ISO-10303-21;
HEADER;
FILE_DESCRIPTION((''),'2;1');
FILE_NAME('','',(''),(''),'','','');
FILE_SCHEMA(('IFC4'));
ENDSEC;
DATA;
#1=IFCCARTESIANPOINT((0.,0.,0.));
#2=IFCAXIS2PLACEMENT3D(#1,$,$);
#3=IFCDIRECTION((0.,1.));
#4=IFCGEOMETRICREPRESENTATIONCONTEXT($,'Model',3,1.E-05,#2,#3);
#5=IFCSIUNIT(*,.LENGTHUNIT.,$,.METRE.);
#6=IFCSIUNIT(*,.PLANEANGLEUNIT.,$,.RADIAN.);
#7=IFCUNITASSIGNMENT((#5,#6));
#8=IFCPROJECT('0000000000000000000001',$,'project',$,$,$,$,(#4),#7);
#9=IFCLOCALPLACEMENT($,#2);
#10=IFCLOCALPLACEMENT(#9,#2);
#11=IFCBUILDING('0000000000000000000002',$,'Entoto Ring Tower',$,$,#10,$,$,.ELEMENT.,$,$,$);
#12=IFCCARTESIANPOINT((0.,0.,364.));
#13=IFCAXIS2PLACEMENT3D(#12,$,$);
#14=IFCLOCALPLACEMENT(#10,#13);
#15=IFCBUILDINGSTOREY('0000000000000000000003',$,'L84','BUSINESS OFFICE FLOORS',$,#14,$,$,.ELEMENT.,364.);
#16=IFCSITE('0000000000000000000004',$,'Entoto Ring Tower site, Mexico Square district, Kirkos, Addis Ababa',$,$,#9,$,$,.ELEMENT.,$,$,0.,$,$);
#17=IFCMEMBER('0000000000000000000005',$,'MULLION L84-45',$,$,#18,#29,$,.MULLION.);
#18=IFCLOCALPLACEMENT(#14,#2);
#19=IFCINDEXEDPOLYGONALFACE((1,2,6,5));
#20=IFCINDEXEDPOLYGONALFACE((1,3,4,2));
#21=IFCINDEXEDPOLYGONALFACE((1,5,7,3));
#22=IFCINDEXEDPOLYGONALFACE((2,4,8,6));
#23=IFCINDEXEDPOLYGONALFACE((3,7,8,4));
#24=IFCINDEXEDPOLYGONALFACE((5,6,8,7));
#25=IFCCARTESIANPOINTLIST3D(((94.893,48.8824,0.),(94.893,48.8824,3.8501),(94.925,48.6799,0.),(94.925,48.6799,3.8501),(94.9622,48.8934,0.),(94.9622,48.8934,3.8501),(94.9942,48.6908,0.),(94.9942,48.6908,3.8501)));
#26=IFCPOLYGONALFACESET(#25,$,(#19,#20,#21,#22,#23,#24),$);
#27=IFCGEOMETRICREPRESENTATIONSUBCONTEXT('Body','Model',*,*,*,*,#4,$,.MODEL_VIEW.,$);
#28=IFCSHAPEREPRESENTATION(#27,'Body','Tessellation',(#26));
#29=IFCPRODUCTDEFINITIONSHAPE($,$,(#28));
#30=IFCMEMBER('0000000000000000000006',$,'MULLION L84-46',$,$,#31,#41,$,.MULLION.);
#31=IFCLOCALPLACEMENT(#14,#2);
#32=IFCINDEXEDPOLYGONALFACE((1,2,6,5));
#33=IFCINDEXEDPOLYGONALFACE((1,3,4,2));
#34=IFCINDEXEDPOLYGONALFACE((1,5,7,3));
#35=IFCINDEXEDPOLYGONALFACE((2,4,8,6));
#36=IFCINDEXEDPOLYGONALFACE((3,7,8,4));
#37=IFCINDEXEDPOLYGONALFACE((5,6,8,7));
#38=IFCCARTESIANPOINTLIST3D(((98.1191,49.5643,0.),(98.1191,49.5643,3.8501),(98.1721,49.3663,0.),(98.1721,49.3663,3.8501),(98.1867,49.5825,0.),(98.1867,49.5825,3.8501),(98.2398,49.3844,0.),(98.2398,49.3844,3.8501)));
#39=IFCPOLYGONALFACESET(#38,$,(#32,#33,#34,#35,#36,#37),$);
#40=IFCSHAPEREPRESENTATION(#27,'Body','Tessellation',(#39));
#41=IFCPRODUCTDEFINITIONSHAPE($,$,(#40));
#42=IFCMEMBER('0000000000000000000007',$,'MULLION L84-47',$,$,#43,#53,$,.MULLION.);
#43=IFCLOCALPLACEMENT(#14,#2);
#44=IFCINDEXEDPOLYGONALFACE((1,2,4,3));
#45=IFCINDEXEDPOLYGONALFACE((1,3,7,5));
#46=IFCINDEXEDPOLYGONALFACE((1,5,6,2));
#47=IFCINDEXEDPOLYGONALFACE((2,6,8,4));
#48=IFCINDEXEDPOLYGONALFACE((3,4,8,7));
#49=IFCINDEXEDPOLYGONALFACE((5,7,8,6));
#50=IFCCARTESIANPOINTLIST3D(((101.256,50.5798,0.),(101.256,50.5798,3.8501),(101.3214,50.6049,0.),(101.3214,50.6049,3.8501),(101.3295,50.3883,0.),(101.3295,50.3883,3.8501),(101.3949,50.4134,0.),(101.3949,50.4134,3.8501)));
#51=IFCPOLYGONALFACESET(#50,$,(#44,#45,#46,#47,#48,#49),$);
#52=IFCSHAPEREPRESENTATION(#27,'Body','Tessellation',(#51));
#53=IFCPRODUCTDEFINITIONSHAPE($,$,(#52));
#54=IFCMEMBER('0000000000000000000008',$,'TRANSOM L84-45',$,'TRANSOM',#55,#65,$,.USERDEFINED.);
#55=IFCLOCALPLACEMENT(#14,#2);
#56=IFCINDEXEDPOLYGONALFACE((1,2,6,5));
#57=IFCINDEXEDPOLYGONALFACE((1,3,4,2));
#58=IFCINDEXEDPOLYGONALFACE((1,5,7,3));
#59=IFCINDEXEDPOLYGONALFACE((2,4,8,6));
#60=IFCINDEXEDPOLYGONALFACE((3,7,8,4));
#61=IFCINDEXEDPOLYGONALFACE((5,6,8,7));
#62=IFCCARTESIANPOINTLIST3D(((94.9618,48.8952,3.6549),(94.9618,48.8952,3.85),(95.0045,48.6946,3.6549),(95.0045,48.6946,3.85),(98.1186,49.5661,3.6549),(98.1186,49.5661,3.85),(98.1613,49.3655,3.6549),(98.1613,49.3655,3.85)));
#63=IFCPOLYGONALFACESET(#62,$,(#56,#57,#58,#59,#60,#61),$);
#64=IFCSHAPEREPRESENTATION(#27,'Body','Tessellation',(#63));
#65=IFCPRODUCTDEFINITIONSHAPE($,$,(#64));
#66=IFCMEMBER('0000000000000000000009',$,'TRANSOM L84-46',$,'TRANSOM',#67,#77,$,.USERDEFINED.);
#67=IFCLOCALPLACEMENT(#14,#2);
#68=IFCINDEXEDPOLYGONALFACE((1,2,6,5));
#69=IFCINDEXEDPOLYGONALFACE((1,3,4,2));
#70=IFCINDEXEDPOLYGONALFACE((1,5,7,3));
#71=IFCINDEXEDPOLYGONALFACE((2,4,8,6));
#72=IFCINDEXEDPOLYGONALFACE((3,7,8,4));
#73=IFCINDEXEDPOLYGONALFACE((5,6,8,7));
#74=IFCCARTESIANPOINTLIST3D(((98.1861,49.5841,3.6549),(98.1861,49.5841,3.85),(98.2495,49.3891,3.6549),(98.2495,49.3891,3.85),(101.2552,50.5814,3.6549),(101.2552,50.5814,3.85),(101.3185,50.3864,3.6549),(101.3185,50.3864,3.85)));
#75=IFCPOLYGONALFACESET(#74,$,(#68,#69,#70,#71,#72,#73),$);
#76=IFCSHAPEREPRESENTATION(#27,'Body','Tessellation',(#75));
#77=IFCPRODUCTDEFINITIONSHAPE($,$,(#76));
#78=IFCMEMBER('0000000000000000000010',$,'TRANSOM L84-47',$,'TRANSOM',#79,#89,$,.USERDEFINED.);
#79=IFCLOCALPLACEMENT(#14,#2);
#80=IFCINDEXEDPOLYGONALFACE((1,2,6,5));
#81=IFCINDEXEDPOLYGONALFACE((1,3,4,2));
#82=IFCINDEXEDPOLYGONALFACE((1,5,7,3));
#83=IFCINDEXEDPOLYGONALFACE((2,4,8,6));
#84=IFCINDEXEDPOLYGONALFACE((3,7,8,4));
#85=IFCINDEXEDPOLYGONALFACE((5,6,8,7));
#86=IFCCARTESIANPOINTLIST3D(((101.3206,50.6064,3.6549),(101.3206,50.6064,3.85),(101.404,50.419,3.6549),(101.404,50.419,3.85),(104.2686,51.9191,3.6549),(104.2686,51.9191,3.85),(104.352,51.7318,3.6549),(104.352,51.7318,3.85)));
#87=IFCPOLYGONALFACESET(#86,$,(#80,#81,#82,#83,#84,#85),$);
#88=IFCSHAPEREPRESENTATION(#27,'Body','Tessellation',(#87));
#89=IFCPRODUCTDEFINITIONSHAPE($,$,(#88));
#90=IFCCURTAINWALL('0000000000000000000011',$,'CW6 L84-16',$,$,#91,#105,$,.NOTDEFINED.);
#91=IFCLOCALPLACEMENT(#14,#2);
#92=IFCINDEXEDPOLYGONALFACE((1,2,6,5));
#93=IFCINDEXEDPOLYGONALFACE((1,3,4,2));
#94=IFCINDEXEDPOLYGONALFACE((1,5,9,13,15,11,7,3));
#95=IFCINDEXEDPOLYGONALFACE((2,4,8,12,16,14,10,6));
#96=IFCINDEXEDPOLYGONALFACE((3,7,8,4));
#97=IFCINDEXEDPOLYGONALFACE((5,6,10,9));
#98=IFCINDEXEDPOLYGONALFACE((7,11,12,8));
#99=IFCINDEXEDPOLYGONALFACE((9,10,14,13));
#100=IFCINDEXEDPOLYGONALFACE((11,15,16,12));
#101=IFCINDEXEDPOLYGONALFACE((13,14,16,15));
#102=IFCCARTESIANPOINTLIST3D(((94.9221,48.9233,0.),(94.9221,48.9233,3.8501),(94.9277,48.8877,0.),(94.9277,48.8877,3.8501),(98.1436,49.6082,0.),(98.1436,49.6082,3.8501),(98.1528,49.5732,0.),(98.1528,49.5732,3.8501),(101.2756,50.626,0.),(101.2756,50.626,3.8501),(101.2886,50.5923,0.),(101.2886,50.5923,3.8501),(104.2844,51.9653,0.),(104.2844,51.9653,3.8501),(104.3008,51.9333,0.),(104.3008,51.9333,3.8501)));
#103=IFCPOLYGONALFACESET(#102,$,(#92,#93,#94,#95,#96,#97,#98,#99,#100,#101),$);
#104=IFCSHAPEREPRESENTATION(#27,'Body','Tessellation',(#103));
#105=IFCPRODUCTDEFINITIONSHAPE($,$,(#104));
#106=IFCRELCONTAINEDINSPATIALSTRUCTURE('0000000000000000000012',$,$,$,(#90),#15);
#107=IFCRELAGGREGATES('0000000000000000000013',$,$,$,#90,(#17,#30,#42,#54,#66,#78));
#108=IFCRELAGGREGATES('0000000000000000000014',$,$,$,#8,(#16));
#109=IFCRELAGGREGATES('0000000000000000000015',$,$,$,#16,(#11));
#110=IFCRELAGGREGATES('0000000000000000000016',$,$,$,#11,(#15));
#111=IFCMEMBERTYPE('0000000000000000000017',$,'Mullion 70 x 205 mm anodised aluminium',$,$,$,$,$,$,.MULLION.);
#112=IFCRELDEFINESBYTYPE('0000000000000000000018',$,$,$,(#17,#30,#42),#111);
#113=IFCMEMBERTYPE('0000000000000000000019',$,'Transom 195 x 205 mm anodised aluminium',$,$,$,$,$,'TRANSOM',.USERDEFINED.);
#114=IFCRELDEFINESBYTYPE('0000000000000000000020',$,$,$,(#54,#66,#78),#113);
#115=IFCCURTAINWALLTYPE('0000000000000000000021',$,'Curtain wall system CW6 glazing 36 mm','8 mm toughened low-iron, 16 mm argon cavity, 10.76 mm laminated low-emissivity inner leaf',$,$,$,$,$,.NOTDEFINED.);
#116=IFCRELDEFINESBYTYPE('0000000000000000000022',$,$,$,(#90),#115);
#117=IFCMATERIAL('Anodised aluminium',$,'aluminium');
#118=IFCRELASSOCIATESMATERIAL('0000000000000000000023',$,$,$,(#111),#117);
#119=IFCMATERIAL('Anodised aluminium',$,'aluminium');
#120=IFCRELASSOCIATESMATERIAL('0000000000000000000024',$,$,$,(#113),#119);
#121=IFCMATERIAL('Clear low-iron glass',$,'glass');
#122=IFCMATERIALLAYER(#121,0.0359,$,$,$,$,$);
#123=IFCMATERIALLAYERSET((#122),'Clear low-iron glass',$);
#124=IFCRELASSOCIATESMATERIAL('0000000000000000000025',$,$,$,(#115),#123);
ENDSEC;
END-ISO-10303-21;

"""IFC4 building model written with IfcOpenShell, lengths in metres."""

from ifc_helpers import new_model, si_unit, direction, frame, origin, origin_2d, place, context, subcontext, project, spatial, polyline, rectangle, outline, extrude, material, layer, layer_set, material_profile, profile_set, type_object, element, aggregate, save


model = new_model("IFC4")

# Units and contexts
model_context = context("Model", 3, precision=1e-05, world=origin(), true_north=direction((0.0, 1.0)))
body_context = subcontext(model_context, "Body", "Model", "MODEL_VIEW")
ifc_project = project(units=[si_unit("LENGTHUNIT", "METRE"), si_unit("PLANEANGLEUNIT", "RADIAN")], contexts=[model_context])

# Members
ifc_material_1 = material(Name="Anodised aluminium", Category="aluminium")
ifc_material_profile_1 = material_profile(ifc_material_1, rectangle(XDim=0.0701, YDim=0.2051, at=origin_2d()), Name="Mullion 70 x 205 mm anodised aluminium")
ifc_profile_set_1 = profile_set([ifc_material_profile_1], Name="Anodised aluminium")
member_type_1 = type_object("IfcMemberType", Name="Mullion 70 x 205 mm anodised aluminium", PredefinedType="MULLION", material=ifc_profile_set_1)
site_placement = place(None, origin())
building_placement = place(site_placement, origin())
storey_placement = place(building_placement, frame((0.0, 0.0, 364.0)))
member_1_placement = place(storey_placement, frame((94.9436, 48.7866, 0.0), z_axis=(0.0, 0.0, 1.0), x_axis=(0.987688, 0.156434, 0.0)))
member_1 = element("IfcMember", 1, at=member_1_placement, type_object=member_type_1, Name="MULLION L84-45", PredefinedType="MULLION", context=body_context, shape_type="SweptSolid", body=[
    extrude(rectangle(XDim=0.0701, YDim=0.2051, at=origin_2d()), origin(), (0.0, 0.0, 1.0), 3.8501),
])
member_2_placement = place(storey_placement, frame((98.1794, 49.4744, 0.0), z_axis=(0.0, 0.0, 1.0), x_axis=(0.965926, 0.258819, 0.0)))
member_2 = element("IfcMember", 2, at=member_2_placement, type_object=member_type_1, Name="MULLION L84-46", PredefinedType="MULLION", context=body_context, shape_type="SweptSolid", body=[
    extrude(rectangle(XDim=0.0701, YDim=0.2051, at=origin_2d()), origin(), (0.0, 0.0, 1.0), 3.8501),
])
member_3_placement = place(storey_placement, frame((101.3254, 50.4966, 0.0), z_axis=(0.0, 0.0, 1.0), x_axis=(0.93358, 0.358368, 0.0)))
member_3 = element("IfcMember", 3, at=member_3_placement, type_object=member_type_1, Name="MULLION L84-47", PredefinedType="MULLION", context=body_context, shape_type="SweptSolid", body=[
    extrude(rectangle(XDim=0.0701, YDim=0.2051, at=origin_2d()), origin(), (0.0, 0.0, 1.0), 3.8501),
])
ifc_material_2 = material(Name="Anodised aluminium", Category="aluminium")
ifc_material_profile_2 = material_profile(ifc_material_2, rectangle(XDim=0.2051, YDim=0.1951, at=origin_2d()), Name="Transom 195 x 205 mm anodised aluminium")
ifc_profile_set_2 = profile_set([ifc_material_profile_2], Name="Anodised aluminium")
member_type_2 = type_object("IfcMemberType", Name="Transom 195 x 205 mm anodised aluminium", ElementType="TRANSOM", PredefinedType="USERDEFINED", material=ifc_profile_set_2)
member_4_placement = place(storey_placement, frame((94.9832, 48.7949, 3.7524), z_axis=(0.978153, 0.207886, 0.0), x_axis=(-0.207886, 0.978153, 0.0)))
member_4 = element("IfcMember", 4, at=member_4_placement, type_object=member_type_2, Name="TRANSOM L84-45", ObjectType="TRANSOM", PredefinedType="USERDEFINED", context=body_context, shape_type="SweptSolid", body=[
    extrude(rectangle(XDim=0.2051, YDim=0.1951, at=origin_2d()), origin(), (0.0, 0.0, 1.0), 3.2273),
])
member_5_placement = place(storey_placement, frame((98.2178, 49.4866, 3.7524), z_axis=(0.951047, 0.309047, 0.0), x_axis=(-0.309047, 0.951047, 0.0)))
member_5 = element("IfcMember", 5, at=member_5_placement, type_object=member_type_2, Name="TRANSOM L84-46", ObjectType="TRANSOM", PredefinedType="USERDEFINED", context=body_context, shape_type="SweptSolid", body=[
    extrude(rectangle(XDim=0.2051, YDim=0.1951, at=origin_2d()), origin(), (0.0, 0.0, 1.0), 3.2271),
])
member_6_placement = place(storey_placement, frame((101.3623, 50.5127, 3.7524), z_axis=(0.913521, 0.406791, 0.0), x_axis=(-0.406791, 0.913521, 0.0)))
member_6 = element("IfcMember", 6, at=member_6_placement, type_object=member_type_2, Name="TRANSOM L84-47", ObjectType="TRANSOM", PredefinedType="USERDEFINED", context=body_context, shape_type="SweptSolid", body=[
    extrude(rectangle(XDim=0.2051, YDim=0.1951, at=origin_2d()), origin(), (0.0, 0.0, 1.0), 3.2271),
])

# Site, building, storey
site = spatial("IfcSite", under=ifc_project, at=site_placement, Name="Entoto Ring Tower site, Mexico Square district, Kirkos, Addis Ababa", CompositionType="ELEMENT", RefElevation=0.0)
building = spatial("IfcBuilding", under=site, at=building_placement, Name="Entoto Ring Tower", CompositionType="ELEMENT")
storey = spatial("IfcBuildingStorey", under=building, at=storey_placement, Name="L84", Description="BUSINESS OFFICE FLOORS", CompositionType="ELEMENT", Elevation=364.0)

# Curtain wall
ifc_material_3 = material(Name="Clear low-iron glass", Category="glass")
ifc_layer_1 = layer(ifc_material_3, 0.0359)
ifc_layer_set_1 = layer_set([ifc_layer_1], Name="Clear low-iron glass")
curtain_wall_type = type_object("IfcCurtainWallType", Name="Curtain wall system CW6 glazing 36 mm", Description="8 mm toughened low-iron, 16 mm argon cavity, 10.76 mm laminated low-emissivity inner leaf", PredefinedType="NOTDEFINED", material=ifc_layer_set_1)
curtain_wall_1_placement = place(storey_placement, origin())
curtain_wall_1 = element("IfcCurtainWall", 7, at=curtain_wall_1_placement, inside=storey, type_object=curtain_wall_type, Name="CW6 L84-16", PredefinedType="NOTDEFINED", context=body_context, shape_type="SweptSolid", body=[
    extrude(outline(polyline([(94.9277, 48.8877), (98.1528, 49.5732), (101.2886, 50.5923), (104.3008, 51.9333), (104.2844, 51.9653), (101.2756, 50.626), (98.1436, 49.6082), (94.9221, 48.9233), (94.9277, 48.8877)])), origin(), (0.0, 0.0, 1.0), 3.8501),
])
aggregate(curtain_wall_1, [member_1, member_2, member_3, member_4, member_5, member_6])

save(model, "model.ifc")
